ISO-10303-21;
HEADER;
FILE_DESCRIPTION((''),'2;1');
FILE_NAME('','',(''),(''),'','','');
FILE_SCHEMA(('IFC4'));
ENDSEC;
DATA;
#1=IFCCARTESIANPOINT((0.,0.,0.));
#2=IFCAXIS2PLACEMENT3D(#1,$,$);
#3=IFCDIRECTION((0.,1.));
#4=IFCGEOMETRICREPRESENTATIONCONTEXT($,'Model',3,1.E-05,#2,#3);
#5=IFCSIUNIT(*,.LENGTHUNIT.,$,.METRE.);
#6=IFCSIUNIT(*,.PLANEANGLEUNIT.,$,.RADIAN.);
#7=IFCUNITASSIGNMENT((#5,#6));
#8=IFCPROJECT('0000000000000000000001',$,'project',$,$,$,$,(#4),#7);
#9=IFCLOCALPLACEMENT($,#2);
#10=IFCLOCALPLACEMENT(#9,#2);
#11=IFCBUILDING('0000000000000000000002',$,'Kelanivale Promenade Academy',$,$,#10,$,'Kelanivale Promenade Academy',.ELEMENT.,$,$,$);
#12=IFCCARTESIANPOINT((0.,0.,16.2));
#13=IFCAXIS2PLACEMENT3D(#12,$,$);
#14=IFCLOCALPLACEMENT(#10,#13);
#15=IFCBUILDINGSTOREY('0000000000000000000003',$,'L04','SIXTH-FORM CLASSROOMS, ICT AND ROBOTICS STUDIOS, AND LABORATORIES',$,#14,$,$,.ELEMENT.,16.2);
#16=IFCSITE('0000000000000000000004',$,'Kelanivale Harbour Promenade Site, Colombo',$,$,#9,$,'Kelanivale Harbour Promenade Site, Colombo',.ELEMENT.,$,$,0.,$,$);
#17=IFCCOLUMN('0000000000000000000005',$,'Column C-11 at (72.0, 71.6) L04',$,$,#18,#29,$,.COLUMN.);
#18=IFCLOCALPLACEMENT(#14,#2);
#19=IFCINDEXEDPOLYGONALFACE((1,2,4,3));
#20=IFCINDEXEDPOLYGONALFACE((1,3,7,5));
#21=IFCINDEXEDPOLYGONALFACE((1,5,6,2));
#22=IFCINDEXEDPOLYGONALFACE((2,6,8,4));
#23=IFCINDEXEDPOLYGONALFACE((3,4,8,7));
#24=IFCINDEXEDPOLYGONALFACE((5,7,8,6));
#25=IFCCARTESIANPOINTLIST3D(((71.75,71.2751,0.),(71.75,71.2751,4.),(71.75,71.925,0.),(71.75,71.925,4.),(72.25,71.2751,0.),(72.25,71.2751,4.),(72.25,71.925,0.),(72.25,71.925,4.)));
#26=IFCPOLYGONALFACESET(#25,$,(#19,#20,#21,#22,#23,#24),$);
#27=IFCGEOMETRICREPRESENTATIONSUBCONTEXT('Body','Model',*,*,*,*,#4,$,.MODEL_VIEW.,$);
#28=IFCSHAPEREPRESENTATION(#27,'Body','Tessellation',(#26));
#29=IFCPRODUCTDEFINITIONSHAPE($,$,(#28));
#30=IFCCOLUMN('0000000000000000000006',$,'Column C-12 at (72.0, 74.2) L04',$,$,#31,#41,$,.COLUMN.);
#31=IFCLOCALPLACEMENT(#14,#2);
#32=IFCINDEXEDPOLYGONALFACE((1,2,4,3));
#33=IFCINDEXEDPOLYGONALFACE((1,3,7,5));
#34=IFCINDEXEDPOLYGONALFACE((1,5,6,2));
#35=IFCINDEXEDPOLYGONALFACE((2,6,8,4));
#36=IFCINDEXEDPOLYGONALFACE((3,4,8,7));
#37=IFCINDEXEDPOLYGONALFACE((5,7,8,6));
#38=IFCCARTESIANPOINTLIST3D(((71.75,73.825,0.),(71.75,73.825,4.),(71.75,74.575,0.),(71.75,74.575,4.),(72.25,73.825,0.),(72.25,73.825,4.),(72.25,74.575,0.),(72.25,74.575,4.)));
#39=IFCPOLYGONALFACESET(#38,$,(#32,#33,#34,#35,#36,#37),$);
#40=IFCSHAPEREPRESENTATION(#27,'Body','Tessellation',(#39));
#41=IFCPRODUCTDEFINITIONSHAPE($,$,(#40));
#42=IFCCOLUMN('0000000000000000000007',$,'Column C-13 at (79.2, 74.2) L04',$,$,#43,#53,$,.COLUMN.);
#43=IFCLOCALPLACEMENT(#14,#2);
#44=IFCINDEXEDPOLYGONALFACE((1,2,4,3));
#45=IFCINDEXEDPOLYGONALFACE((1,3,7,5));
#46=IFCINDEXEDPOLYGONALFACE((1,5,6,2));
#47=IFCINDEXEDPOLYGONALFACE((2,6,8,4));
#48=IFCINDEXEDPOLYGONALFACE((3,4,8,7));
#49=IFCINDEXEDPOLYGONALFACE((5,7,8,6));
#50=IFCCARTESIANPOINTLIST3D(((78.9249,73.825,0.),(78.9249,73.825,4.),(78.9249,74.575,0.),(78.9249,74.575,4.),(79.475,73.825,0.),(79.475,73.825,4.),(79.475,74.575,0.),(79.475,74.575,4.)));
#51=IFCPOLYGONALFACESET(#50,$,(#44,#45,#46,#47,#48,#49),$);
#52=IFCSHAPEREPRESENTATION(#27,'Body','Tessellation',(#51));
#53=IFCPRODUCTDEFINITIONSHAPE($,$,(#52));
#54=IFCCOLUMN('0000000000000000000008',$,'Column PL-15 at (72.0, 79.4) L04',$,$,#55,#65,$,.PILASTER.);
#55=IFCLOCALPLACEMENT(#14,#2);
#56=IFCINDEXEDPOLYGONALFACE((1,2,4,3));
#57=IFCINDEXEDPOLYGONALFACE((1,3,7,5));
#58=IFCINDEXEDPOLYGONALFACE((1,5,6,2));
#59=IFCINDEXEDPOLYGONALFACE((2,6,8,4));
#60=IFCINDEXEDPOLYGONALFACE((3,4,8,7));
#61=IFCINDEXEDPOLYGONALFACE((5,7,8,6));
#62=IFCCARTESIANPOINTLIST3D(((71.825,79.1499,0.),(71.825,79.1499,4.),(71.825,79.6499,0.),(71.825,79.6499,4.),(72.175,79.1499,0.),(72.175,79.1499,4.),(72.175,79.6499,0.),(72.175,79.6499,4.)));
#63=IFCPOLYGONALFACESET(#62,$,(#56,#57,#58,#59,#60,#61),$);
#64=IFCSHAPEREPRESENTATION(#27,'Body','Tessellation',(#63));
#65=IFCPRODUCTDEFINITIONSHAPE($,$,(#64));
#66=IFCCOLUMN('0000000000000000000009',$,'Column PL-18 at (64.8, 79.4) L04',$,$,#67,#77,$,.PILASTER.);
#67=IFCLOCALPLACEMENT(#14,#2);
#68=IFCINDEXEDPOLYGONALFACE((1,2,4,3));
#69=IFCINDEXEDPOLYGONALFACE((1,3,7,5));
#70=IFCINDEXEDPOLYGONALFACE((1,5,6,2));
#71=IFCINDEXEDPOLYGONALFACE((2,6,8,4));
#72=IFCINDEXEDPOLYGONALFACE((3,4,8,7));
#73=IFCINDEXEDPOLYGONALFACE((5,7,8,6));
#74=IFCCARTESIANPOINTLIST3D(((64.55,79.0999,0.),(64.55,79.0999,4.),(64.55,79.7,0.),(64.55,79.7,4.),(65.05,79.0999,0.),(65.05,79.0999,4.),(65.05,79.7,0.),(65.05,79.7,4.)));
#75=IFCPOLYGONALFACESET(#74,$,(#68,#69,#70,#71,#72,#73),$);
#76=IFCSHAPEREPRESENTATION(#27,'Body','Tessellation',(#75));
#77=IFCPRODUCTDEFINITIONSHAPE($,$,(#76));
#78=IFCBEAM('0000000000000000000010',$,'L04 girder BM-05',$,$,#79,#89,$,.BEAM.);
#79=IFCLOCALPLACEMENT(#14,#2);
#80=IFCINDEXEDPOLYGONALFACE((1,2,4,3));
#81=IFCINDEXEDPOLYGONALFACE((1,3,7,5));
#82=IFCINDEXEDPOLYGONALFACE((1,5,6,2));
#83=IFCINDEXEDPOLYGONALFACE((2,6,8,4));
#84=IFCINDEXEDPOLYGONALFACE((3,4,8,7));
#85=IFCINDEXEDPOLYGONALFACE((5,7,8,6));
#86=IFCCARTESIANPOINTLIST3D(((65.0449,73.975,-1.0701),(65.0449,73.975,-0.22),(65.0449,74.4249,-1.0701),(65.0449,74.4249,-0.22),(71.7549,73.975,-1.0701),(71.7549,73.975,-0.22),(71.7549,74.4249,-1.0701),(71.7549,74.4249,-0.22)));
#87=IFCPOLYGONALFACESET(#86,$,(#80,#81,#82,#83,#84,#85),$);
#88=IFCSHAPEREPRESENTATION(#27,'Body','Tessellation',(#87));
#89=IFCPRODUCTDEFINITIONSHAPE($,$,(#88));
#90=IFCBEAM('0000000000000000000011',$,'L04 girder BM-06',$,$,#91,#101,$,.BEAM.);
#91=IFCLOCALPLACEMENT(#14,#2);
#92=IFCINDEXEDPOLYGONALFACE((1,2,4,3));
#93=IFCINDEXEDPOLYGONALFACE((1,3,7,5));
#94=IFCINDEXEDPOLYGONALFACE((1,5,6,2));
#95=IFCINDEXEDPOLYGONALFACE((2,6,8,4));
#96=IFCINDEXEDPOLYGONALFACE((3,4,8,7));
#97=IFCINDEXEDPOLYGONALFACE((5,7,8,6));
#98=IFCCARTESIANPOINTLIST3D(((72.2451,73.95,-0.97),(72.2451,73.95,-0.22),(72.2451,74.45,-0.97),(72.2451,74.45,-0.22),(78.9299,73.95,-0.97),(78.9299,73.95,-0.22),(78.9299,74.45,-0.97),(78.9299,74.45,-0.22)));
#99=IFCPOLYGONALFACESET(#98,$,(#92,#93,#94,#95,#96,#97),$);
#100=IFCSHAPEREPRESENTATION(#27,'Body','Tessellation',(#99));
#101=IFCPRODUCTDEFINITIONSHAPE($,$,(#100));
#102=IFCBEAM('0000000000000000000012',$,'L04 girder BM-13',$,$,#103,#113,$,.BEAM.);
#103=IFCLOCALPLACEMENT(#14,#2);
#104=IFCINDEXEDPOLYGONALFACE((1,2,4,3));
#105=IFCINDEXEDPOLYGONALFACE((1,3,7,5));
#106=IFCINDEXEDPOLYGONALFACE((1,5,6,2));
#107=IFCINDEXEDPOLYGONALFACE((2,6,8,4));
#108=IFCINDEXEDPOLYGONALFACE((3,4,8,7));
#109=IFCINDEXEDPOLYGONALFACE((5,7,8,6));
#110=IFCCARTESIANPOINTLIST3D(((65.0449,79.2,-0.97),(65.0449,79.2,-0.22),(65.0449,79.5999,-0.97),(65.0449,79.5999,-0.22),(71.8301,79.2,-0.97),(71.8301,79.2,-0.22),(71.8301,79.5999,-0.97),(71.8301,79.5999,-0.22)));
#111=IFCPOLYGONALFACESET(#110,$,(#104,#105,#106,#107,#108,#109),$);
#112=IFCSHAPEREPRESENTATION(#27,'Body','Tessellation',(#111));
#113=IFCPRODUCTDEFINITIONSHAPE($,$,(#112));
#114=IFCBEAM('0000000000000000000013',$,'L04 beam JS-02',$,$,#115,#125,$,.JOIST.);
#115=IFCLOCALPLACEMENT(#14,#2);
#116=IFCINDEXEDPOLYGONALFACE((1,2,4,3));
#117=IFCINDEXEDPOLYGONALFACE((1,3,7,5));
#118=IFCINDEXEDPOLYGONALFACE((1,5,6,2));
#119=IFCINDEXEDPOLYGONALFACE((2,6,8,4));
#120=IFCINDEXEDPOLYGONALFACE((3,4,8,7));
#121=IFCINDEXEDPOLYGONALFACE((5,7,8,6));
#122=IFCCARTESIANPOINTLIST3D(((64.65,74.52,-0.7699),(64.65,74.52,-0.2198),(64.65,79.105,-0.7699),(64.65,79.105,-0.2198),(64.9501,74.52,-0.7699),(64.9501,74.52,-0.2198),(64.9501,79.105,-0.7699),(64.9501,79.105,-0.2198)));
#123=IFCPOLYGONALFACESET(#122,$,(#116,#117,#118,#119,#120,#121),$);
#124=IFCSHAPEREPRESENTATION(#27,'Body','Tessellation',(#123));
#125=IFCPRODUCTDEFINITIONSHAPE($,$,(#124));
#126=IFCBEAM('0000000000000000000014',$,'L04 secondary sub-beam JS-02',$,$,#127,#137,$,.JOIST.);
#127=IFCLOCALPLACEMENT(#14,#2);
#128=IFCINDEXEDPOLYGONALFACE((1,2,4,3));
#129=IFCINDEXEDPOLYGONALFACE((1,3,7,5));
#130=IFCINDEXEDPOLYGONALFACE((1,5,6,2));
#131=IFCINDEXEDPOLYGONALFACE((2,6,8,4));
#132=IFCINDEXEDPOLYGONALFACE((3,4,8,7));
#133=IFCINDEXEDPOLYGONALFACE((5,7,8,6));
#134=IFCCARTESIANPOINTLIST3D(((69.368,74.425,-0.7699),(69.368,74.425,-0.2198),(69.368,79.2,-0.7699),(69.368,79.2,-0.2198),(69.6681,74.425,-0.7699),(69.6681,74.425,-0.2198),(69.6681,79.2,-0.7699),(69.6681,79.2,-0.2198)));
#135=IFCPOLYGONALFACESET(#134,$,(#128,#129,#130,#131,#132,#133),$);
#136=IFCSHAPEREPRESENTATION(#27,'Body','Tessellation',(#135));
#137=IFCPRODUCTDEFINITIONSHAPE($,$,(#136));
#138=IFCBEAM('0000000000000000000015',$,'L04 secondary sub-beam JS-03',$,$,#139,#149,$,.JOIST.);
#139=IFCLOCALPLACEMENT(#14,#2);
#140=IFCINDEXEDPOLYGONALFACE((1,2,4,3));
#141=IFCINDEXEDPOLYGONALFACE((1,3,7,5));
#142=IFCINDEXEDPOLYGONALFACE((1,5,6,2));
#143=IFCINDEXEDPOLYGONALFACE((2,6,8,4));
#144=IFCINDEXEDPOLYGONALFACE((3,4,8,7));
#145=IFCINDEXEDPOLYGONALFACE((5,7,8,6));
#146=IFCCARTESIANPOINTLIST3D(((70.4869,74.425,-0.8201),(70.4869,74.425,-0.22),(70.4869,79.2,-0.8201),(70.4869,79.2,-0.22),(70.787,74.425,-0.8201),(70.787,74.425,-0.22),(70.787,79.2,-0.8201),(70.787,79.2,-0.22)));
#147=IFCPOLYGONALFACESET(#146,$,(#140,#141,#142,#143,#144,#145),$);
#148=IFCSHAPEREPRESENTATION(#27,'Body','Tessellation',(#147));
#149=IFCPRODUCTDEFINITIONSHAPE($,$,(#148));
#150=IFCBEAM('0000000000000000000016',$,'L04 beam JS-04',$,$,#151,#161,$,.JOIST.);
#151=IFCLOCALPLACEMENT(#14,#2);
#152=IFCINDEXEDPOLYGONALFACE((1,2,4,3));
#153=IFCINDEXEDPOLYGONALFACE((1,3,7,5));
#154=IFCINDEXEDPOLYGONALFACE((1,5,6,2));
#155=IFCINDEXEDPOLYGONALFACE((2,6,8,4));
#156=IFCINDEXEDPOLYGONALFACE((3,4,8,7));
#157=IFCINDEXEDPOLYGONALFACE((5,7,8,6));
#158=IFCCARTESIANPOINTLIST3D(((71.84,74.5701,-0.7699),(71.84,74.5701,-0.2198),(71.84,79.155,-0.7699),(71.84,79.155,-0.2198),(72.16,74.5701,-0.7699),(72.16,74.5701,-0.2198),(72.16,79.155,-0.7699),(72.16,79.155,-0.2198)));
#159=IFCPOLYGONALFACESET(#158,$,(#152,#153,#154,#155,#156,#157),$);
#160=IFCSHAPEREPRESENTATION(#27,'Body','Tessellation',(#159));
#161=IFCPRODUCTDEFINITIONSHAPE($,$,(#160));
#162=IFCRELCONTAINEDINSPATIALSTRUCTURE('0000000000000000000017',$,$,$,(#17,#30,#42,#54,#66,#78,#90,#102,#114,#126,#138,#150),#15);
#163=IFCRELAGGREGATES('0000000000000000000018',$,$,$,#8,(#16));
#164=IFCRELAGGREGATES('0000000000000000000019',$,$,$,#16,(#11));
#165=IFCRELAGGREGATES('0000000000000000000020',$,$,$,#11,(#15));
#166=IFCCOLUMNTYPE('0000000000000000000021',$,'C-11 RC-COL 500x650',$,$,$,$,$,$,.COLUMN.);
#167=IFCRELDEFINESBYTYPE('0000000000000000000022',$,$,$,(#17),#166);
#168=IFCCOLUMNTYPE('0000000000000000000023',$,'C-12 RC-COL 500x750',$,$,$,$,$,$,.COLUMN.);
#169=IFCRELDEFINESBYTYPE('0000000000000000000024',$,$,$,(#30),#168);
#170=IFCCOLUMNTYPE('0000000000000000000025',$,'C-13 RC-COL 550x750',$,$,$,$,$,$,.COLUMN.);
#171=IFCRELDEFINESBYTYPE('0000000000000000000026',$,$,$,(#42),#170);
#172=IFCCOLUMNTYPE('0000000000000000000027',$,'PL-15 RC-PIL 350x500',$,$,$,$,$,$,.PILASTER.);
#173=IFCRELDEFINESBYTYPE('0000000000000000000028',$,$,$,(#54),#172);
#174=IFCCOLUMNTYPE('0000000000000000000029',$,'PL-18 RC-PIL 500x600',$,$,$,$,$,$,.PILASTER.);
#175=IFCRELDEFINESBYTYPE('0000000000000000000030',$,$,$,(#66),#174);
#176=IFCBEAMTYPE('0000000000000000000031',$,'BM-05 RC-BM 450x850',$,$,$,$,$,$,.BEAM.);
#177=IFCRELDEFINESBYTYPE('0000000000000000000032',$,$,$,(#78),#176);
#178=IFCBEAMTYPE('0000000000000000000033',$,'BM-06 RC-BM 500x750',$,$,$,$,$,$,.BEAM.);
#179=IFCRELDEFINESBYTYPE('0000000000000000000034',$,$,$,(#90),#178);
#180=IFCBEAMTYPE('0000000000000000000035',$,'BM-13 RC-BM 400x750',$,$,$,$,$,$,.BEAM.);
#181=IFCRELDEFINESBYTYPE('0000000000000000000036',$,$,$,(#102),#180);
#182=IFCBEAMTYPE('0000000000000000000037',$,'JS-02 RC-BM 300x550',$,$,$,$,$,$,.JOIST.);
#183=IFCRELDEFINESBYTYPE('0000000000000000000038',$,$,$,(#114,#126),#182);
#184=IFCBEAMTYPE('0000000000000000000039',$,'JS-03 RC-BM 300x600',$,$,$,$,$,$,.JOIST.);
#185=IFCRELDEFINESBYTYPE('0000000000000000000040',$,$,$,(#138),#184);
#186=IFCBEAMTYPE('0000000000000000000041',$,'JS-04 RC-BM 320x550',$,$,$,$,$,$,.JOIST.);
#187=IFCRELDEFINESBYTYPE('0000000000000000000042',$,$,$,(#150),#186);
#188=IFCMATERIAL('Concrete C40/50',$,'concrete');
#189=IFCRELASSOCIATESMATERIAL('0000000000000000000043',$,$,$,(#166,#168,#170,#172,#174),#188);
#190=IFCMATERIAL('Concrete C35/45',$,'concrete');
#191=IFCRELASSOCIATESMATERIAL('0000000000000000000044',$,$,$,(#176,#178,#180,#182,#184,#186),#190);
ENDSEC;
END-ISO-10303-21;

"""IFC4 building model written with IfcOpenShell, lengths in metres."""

from ifc_helpers import new_model, si_unit, direction, frame, origin, origin_2d, place, context, subcontext, project, spatial, rectangle, extrude, material, material_profile, profile_set, type_object, element, save


model = new_model("IFC4")

# Units and contexts
model_context = context("Model", 3, precision=1e-05, world=origin(), true_north=direction((0.0, 1.0)))
body_context = subcontext(model_context, "Body", "Model", "MODEL_VIEW")
ifc_project = project(units=[si_unit("LENGTHUNIT", "METRE"), si_unit("PLANEANGLEUNIT", "RADIAN")], contexts=[model_context])

# Site, building, storey
site_placement = place(None, origin())
site = spatial("IfcSite", under=ifc_project, at=site_placement, Name="Kelanivale Harbour Promenade Site, Colombo", LongName="Kelanivale Harbour Promenade Site, Colombo", CompositionType="ELEMENT", RefElevation=0.0)
building_placement = place(site_placement, origin())
building = spatial("IfcBuilding", under=site, at=building_placement, Name="Kelanivale Promenade Academy", LongName="Kelanivale Promenade Academy", CompositionType="ELEMENT")
storey_placement = place(building_placement, frame((0.0, 0.0, 16.2)))
storey = spatial("IfcBuildingStorey", under=building, at=storey_placement, Name="L04", Description="SIXTH-FORM CLASSROOMS, ICT AND ROBOTICS STUDIOS, AND LABORATORIES", CompositionType="ELEMENT", Elevation=16.2)

# Columns
ifc_material_1 = material(Name="Concrete C40/50", Category="concrete")
ifc_material_profile_1 = material_profile(ifc_material_1, rectangle(XDim=0.5, YDim=0.6499, at=origin_2d()), Name="RC-COL 500x650")
ifc_profile_set_1 = profile_set([ifc_material_profile_1], Name="Concrete C40/50")
column_type_1 = type_object("IfcColumnType", Name="C-11 RC-COL 500x650", PredefinedType="COLUMN", material=ifc_profile_set_1)
column_1_placement = place(storey_placement, frame((72.0, 71.6001, 0.0), z_axis=(0.0, 0.0, 1.0), x_axis=(1.0, 0.0, 0.0)))
element("IfcColumn", 1, at=column_1_placement, inside=storey, type_object=column_type_1, Name="Column C-11 at (72.0, 71.6) L04", PredefinedType="COLUMN", context=body_context, shape_type="SweptSolid", body=[
    extrude(rectangle(XDim=0.5, YDim=0.6499, at=origin_2d()), origin(), (0.0, 0.0, 1.0), 4.0),
])
ifc_material_profile_2 = material_profile(ifc_material_1, rectangle(XDim=0.5, YDim=0.75, at=origin_2d()), Name="RC-COL 500x750")
ifc_profile_set_2 = profile_set([ifc_material_profile_2], Name="Concrete C40/50")
column_type_2 = type_object("IfcColumnType", Name="C-12 RC-COL 500x750", PredefinedType="COLUMN", material=ifc_profile_set_2)
column_2_placement = place(storey_placement, frame((72.0, 74.2, 0.0), z_axis=(0.0, 0.0, 1.0), x_axis=(1.0, 0.0, 0.0)))
element("IfcColumn", 2, at=column_2_placement, inside=storey, type_object=column_type_2, Name="Column C-12 at (72.0, 74.2) L04", PredefinedType="COLUMN", context=body_context, shape_type="SweptSolid", body=[
    extrude(rectangle(XDim=0.5, YDim=0.75, at=origin_2d()), origin(), (0.0, 0.0, 1.0), 4.0),
])
ifc_material_profile_3 = material_profile(ifc_material_1, rectangle(XDim=0.55, YDim=0.75, at=origin_2d()), Name="RC-COL 550x750")
ifc_profile_set_3 = profile_set([ifc_material_profile_3], Name="Concrete C40/50")
column_type_3 = type_object("IfcColumnType", Name="C-13 RC-COL 550x750", PredefinedType="COLUMN", material=ifc_profile_set_3)
column_3_placement = place(storey_placement, frame((79.2, 74.2, 0.0), z_axis=(0.0, 0.0, 1.0), x_axis=(1.0, 0.0, 0.0)))
element("IfcColumn", 3, at=column_3_placement, inside=storey, type_object=column_type_3, Name="Column C-13 at (79.2, 74.2) L04", PredefinedType="COLUMN", context=body_context, shape_type="SweptSolid", body=[
    extrude(rectangle(XDim=0.55, YDim=0.75, at=origin_2d()), origin(), (0.0, 0.0, 1.0), 4.0),
])
ifc_material_profile_4 = material_profile(ifc_material_1, rectangle(XDim=0.3501, YDim=0.5, at=origin_2d()), Name="RC-PIL 350x500")
ifc_profile_set_4 = profile_set([ifc_material_profile_4], Name="Concrete C40/50")
column_type_4 = type_object("IfcColumnType", Name="PL-15 RC-PIL 350x500", PredefinedType="PILASTER", material=ifc_profile_set_4)
column_4_placement = place(storey_placement, frame((72.0, 79.3999, 0.0), z_axis=(0.0, 0.0, 1.0), x_axis=(1.0, 0.0, 0.0)))
element("IfcColumn", 4, at=column_4_placement, inside=storey, type_object=column_type_4, Name="Column PL-15 at (72.0, 79.4) L04", PredefinedType="PILASTER", context=body_context, shape_type="SweptSolid", body=[
    extrude(rectangle(XDim=0.3501, YDim=0.5, at=origin_2d()), origin(), (0.0, 0.0, 1.0), 4.0),
])
ifc_material_profile_5 = material_profile(ifc_material_1, rectangle(XDim=0.5, YDim=0.6001, at=origin_2d()), Name="RC-PIL 500x600")
ifc_profile_set_5 = profile_set([ifc_material_profile_5], Name="Concrete C40/50")
column_type_5 = type_object("IfcColumnType", Name="PL-18 RC-PIL 500x600", PredefinedType="PILASTER", material=ifc_profile_set_5)
column_5_placement = place(storey_placement, frame((64.8, 79.3999, 0.0), z_axis=(0.0, 0.0, 1.0), x_axis=(1.0, 0.0, 0.0)))
element("IfcColumn", 5, at=column_5_placement, inside=storey, type_object=column_type_5, Name="Column PL-18 at (64.8, 79.4) L04", PredefinedType="PILASTER", context=body_context, shape_type="SweptSolid", body=[
    extrude(rectangle(XDim=0.5, YDim=0.6001, at=origin_2d()), origin(), (0.0, 0.0, 1.0), 4.0),
])

# Beams
ifc_material_2 = material(Name="Concrete C35/45", Category="concrete")
ifc_material_profile_6 = material_profile(ifc_material_2, rectangle(XDim=0.45, YDim=0.8501, at=origin_2d()), Name="RC-BM 450x850")
ifc_profile_set_6 = profile_set([ifc_material_profile_6], Name="Concrete C35/45")
beam_type_1 = type_object("IfcBeamType", Name="BM-05 RC-BM 450x850", PredefinedType="BEAM", material=ifc_profile_set_6)
beam_1_placement = place(storey_placement, frame((65.0449, 74.2, -0.645), z_axis=(1.0, 0.0, 0.0), x_axis=(0.0, 1.0, 0.0)))
element("IfcBeam", 6, at=beam_1_placement, inside=storey, type_object=beam_type_1, Name="L04 girder BM-05", PredefinedType="BEAM", context=body_context, shape_type="SweptSolid", body=[
    extrude(rectangle(XDim=0.45, YDim=0.8501, at=origin_2d()), origin(), (0.0, 0.0, 1.0), 6.71),
])
ifc_material_profile_7 = material_profile(ifc_material_2, rectangle(XDim=0.5, YDim=0.75, at=origin_2d()), Name="RC-BM 500x750")
ifc_profile_set_7 = profile_set([ifc_material_profile_7], Name="Concrete C35/45")
beam_type_2 = type_object("IfcBeamType", Name="BM-06 RC-BM 500x750", PredefinedType="BEAM", material=ifc_profile_set_7)
beam_2_placement = place(storey_placement, frame((72.2451, 74.2, -0.595), z_axis=(1.0, 0.0, 0.0), x_axis=(0.0, 1.0, 0.0)))
element("IfcBeam", 7, at=beam_2_placement, inside=storey, type_object=beam_type_2, Name="L04 girder BM-06", PredefinedType="BEAM", context=body_context, shape_type="SweptSolid", body=[
    extrude(rectangle(XDim=0.5, YDim=0.75, at=origin_2d()), origin(), (0.0, 0.0, 1.0), 6.6848),
])
ifc_material_profile_8 = material_profile(ifc_material_2, rectangle(XDim=0.3999, YDim=0.75, at=origin_2d()), Name="RC-BM 400x750")
ifc_profile_set_8 = profile_set([ifc_material_profile_8], Name="Concrete C35/45")
beam_type_3 = type_object("IfcBeamType", Name="BM-13 RC-BM 400x750", PredefinedType="BEAM", material=ifc_profile_set_8)
beam_3_placement = place(storey_placement, frame((65.0449, 79.3999, -0.595), z_axis=(1.0, 0.0, 0.0), x_axis=(0.0, 1.0, 0.0)))
element("IfcBeam", 8, at=beam_3_placement, inside=storey, type_object=beam_type_3, Name="L04 girder BM-13", PredefinedType="BEAM", context=body_context, shape_type="SweptSolid", body=[
    extrude(rectangle(XDim=0.3999, YDim=0.75, at=origin_2d()), origin(), (0.0, 0.0, 1.0), 6.7852),
])
ifc_material_profile_9 = material_profile(ifc_material_2, rectangle(XDim=0.3, YDim=0.55, at=origin_2d()), Name="RC-BM 300x550")
ifc_profile_set_9 = profile_set([ifc_material_profile_9], Name="Concrete C35/45")
beam_type_4 = type_object("IfcBeamType", Name="JS-02 RC-BM 300x550", PredefinedType="JOIST", material=ifc_profile_set_9)
beam_4_placement = place(storey_placement, frame((64.8, 74.52, -0.4949), z_axis=(0.0, 1.0, 0.0), x_axis=(-1.0, 0.0, 0.0)))
element("IfcBeam", 9, at=beam_4_placement, inside=storey, type_object=beam_type_4, Name="L04 beam JS-02", PredefinedType="JOIST", context=body_context, shape_type="SweptSolid", body=[
    extrude(rectangle(XDim=0.3, YDim=0.55, at=origin_2d()), origin(), (0.0, 0.0, 1.0), 4.585),
])
beam_5_placement = place(storey_placement, frame((69.5181, 74.425, -0.4949), z_axis=(0.0, 1.0, 0.0), x_axis=(-1.0, 0.0, 0.0)))
element("IfcBeam", 10, at=beam_5_placement, inside=storey, type_object=beam_type_4, Name="L04 secondary sub-beam JS-02", PredefinedType="JOIST", context=body_context, shape_type="SweptSolid", body=[
    extrude(rectangle(XDim=0.3, YDim=0.55, at=origin_2d()), origin(), (0.0, 0.0, 1.0), 4.7749),
])
ifc_material_profile_10 = material_profile(ifc_material_2, rectangle(XDim=0.3, YDim=0.6001, at=origin_2d()), Name="RC-BM 300x600")
ifc_profile_set_10 = profile_set([ifc_material_profile_10], Name="Concrete C35/45")
beam_type_5 = type_object("IfcBeamType", Name="JS-03 RC-BM 300x600", PredefinedType="JOIST", material=ifc_profile_set_10)
beam_6_placement = place(storey_placement, frame((70.637, 74.425, -0.52), z_axis=(0.0, 1.0, 0.0), x_axis=(-1.0, 0.0, 0.0)))
element("IfcBeam", 11, at=beam_6_placement, inside=storey, type_object=beam_type_5, Name="L04 secondary sub-beam JS-03", PredefinedType="JOIST", context=body_context, shape_type="SweptSolid", body=[
    extrude(rectangle(XDim=0.3, YDim=0.6001, at=origin_2d()), origin(), (0.0, 0.0, 1.0), 4.7749),
])
ifc_material_profile_11 = material_profile(ifc_material_2, rectangle(XDim=0.3201, YDim=0.55, at=origin_2d()), Name="RC-BM 320x550")
ifc_profile_set_11 = profile_set([ifc_material_profile_11], Name="Concrete C35/45")
beam_type_6 = type_object("IfcBeamType", Name="JS-04 RC-BM 320x550", PredefinedType="JOIST", material=ifc_profile_set_11)
beam_7_placement = place(storey_placement, frame((72.0, 74.5701, -0.4949), z_axis=(0.0, 1.0, 0.0), x_axis=(-1.0, 0.0, 0.0)))
element("IfcBeam", 12, at=beam_7_placement, inside=storey, type_object=beam_type_6, Name="L04 beam JS-04", PredefinedType="JOIST", context=body_context, shape_type="SweptSolid", body=[
    extrude(rectangle(XDim=0.3201, YDim=0.55, at=origin_2d()), origin(), (0.0, 0.0, 1.0), 4.585),
])

save(model, "model.ifc")
